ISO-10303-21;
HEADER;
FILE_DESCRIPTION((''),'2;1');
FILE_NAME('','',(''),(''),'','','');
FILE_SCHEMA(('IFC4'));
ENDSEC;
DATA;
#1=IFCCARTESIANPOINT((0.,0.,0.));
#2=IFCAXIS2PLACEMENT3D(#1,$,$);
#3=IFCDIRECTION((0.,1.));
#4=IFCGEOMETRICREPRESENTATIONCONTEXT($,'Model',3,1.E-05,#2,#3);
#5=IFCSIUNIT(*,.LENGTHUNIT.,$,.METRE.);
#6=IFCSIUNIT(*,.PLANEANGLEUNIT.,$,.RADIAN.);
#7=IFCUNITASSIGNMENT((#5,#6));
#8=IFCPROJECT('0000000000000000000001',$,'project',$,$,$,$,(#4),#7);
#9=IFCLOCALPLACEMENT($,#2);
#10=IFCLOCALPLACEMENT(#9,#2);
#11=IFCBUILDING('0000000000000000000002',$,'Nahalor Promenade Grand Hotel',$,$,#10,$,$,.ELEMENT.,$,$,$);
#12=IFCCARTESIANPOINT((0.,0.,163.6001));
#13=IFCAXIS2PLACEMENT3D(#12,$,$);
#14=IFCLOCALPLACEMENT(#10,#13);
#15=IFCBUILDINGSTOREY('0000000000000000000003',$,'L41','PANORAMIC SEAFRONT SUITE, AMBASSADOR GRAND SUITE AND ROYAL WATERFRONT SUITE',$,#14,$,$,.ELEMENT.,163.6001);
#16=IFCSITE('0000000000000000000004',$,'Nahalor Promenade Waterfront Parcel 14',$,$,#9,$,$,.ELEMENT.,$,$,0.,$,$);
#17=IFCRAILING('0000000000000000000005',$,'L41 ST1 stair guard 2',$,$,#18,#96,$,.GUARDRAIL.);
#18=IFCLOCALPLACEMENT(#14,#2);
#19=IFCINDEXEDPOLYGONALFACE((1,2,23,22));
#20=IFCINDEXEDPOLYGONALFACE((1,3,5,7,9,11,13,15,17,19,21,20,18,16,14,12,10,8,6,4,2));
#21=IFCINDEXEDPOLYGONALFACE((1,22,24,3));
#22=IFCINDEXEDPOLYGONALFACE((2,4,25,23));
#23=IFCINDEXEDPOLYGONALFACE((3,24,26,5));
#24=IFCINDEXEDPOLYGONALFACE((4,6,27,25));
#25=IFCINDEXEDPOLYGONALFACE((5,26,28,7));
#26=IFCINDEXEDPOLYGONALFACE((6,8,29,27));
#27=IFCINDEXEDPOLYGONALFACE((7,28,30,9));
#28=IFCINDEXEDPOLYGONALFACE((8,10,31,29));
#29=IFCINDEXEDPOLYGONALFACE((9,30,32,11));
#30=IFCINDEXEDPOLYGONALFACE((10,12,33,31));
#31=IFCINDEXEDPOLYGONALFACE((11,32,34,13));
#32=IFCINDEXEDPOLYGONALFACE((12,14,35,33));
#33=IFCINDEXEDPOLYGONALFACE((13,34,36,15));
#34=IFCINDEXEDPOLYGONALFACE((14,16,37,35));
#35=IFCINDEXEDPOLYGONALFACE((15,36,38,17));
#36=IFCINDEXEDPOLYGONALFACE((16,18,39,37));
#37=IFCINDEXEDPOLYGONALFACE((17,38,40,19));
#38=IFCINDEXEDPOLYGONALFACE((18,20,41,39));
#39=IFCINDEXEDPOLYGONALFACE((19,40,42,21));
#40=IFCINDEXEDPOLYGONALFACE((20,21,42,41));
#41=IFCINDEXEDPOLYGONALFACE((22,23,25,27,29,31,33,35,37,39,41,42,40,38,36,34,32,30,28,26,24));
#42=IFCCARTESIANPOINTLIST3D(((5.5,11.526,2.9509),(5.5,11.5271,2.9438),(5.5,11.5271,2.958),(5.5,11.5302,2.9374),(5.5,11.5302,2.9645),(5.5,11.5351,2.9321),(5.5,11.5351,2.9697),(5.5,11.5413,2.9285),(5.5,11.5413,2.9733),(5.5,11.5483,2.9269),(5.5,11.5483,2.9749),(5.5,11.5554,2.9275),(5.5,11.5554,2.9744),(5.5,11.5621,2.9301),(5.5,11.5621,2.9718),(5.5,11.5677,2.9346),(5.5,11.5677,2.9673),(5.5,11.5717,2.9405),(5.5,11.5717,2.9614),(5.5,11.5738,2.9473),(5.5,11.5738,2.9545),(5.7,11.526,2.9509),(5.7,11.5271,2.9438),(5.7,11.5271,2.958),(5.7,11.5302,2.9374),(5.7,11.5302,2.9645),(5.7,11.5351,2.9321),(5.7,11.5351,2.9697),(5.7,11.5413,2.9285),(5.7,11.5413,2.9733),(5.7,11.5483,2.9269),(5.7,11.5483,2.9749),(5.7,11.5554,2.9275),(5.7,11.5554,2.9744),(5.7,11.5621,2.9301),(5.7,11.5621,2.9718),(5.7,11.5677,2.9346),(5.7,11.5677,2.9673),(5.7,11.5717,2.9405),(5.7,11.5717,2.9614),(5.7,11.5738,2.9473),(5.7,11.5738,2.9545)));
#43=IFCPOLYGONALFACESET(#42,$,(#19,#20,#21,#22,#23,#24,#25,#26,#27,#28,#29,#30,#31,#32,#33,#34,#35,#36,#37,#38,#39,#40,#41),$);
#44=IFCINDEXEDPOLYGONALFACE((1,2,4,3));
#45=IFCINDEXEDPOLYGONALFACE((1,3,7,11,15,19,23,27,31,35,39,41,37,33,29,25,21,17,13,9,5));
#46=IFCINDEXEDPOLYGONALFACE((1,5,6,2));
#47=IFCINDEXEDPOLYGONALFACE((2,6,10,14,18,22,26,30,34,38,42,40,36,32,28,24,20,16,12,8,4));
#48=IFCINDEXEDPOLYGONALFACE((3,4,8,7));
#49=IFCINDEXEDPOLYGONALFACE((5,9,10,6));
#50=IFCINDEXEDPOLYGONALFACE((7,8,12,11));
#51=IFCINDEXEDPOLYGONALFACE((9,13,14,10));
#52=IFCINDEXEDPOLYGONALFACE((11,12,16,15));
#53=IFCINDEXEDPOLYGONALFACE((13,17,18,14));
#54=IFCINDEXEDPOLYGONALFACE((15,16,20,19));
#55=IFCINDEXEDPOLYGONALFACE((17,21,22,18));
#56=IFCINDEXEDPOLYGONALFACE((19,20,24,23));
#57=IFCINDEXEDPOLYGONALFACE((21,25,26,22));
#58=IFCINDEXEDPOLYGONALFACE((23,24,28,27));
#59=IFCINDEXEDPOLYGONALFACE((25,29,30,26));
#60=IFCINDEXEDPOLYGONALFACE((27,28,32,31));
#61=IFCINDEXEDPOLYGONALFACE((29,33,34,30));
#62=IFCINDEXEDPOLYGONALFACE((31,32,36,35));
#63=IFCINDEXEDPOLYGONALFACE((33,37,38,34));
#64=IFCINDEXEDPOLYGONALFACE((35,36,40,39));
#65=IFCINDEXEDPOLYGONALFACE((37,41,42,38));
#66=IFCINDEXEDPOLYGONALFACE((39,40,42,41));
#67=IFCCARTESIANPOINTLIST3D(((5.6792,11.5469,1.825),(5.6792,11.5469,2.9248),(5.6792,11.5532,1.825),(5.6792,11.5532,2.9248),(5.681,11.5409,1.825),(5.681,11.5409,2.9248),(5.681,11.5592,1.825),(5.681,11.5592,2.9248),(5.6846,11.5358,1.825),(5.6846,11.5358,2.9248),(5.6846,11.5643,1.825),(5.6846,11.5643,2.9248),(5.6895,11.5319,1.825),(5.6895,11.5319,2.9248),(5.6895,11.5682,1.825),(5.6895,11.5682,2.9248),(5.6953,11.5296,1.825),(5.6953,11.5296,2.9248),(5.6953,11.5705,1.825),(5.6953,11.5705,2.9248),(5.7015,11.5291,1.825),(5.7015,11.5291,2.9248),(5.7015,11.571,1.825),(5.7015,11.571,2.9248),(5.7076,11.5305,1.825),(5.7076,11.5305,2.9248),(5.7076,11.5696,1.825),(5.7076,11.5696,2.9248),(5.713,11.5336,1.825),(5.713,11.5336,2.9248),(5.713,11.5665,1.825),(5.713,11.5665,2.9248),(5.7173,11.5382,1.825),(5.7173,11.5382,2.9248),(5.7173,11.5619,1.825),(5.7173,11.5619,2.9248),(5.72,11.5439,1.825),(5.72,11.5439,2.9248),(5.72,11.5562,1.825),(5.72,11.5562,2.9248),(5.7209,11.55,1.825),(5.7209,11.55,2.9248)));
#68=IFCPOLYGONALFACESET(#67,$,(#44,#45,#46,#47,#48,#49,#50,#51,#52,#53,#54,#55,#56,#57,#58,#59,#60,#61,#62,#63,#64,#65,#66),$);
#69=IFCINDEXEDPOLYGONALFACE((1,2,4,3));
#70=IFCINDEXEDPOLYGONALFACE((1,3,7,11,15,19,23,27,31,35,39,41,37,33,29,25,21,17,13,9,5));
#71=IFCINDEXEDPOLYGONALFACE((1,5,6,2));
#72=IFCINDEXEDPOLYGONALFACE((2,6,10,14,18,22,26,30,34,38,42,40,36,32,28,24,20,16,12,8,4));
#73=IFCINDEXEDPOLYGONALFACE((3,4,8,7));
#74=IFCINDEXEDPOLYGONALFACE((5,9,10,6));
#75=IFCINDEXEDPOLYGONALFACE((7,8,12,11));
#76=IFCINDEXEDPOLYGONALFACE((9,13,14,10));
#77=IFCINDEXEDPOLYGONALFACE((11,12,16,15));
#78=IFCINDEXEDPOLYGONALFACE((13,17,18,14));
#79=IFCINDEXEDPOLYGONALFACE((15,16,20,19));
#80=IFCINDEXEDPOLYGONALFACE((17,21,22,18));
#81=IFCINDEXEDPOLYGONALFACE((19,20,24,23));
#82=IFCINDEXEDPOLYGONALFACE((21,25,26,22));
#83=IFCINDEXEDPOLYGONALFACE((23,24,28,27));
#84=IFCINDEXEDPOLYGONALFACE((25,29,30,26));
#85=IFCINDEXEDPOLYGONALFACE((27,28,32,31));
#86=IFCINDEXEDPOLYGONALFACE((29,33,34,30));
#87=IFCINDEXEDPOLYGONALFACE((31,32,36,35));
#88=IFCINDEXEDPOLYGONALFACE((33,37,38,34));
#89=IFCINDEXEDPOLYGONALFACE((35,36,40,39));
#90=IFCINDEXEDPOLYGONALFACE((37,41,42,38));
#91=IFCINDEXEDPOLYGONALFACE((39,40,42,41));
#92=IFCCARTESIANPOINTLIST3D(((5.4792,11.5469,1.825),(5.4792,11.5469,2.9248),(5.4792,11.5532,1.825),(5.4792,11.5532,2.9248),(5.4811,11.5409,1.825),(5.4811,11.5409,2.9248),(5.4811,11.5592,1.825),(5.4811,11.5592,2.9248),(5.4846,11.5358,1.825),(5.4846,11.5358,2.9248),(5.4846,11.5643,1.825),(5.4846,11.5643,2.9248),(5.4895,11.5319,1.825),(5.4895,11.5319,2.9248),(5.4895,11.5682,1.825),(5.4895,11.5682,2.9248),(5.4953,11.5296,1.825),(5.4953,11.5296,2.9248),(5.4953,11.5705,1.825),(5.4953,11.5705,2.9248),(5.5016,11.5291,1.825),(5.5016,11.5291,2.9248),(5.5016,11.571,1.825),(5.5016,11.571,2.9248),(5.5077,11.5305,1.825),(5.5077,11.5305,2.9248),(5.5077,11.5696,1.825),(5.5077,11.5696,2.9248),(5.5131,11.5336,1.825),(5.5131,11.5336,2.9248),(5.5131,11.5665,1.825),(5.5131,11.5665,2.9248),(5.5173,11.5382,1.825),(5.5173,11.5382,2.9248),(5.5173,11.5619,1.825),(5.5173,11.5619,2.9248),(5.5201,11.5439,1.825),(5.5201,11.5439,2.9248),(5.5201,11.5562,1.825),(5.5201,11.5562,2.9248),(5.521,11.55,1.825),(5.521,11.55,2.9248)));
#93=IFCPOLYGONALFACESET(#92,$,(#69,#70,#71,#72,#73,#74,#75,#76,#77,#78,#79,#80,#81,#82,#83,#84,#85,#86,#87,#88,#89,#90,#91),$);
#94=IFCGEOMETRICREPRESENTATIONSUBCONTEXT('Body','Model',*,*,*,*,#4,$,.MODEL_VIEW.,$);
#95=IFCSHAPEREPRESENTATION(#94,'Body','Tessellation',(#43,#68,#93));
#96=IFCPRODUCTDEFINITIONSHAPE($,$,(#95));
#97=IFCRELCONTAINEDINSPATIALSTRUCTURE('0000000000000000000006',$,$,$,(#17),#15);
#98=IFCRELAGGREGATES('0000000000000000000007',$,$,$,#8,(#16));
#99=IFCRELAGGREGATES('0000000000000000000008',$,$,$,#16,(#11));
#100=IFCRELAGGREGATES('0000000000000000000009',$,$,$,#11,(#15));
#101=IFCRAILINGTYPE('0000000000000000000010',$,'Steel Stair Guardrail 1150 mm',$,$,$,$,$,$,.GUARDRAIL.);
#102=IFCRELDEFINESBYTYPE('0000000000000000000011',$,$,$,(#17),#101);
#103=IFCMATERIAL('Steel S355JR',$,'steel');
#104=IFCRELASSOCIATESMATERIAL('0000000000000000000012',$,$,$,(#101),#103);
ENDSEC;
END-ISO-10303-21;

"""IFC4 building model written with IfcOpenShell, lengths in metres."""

from ifc_helpers import new_model, si_unit, direction, frame, origin, origin_2d, place, context, subcontext, project, spatial, circle, extrude, material, type_object, element, save


model = new_model("IFC4")

# Units and contexts
model_context = context("Model", 3, precision=1e-05, world=origin(), true_north=direction((0.0, 1.0)))
body_context = subcontext(model_context, "Body", "Model", "MODEL_VIEW")
ifc_project = project(units=[si_unit("LENGTHUNIT", "METRE"), si_unit("PLANEANGLEUNIT", "RADIAN")], contexts=[model_context])

# Site, building, storey
site_placement = place(None, origin())
site = spatial("IfcSite", under=ifc_project, at=site_placement, Name="Nahalor Promenade Waterfront Parcel 14", CompositionType="ELEMENT", RefElevation=0.0)
building_placement = place(site_placement, origin())
building = spatial("IfcBuilding", under=site, at=building_placement, Name="Nahalor Promenade Grand Hotel", CompositionType="ELEMENT")
storey_placement = place(building_placement, frame((0.0, 0.0, 163.6001)))
storey = spatial("IfcBuildingStorey", under=building, at=storey_placement, Name="L41", Description="PANORAMIC SEAFRONT SUITE, AMBASSADOR GRAND SUITE AND ROYAL WATERFRONT SUITE", CompositionType="ELEMENT", Elevation=163.6001)

# Shared definitions
ifc_material_1 = material(Name="Steel S355JR", Category="steel")

# Railing
railing_type = type_object("IfcRailingType", Name="Steel Stair Guardrail 1150 mm", PredefinedType="GUARDRAIL", material=ifc_material_1)
railing_1_placement = place(storey_placement, frame((5.7, 11.55, 1.825)))
element("IfcRailing", 1, at=railing_1_placement, inside=storey, type_object=railing_type, Name="L41 ST1 stair guard 2", PredefinedType="GUARDRAIL", context=body_context, shape_type="SweptSolid", body=[
    extrude(circle(Radius=0.024, at=origin_2d()), frame((0.0, 0.0, 1.126), z_axis=(-1.0, 0.0, 0.0), x_axis=(0.0, -1.0, 0.0)), (0.0, 0.0, 1.0), 0.2),
    extrude(circle(Radius=0.021, at=origin_2d()), origin(), (0.0, 0.0, 1.0), 1.0999),
    extrude(circle(Radius=0.021, at=origin_2d()), frame((-0.2, 0.0, 0.0)), (0.0, 0.0, 1.0), 1.0999),
])

save(model, "model.ifc")
